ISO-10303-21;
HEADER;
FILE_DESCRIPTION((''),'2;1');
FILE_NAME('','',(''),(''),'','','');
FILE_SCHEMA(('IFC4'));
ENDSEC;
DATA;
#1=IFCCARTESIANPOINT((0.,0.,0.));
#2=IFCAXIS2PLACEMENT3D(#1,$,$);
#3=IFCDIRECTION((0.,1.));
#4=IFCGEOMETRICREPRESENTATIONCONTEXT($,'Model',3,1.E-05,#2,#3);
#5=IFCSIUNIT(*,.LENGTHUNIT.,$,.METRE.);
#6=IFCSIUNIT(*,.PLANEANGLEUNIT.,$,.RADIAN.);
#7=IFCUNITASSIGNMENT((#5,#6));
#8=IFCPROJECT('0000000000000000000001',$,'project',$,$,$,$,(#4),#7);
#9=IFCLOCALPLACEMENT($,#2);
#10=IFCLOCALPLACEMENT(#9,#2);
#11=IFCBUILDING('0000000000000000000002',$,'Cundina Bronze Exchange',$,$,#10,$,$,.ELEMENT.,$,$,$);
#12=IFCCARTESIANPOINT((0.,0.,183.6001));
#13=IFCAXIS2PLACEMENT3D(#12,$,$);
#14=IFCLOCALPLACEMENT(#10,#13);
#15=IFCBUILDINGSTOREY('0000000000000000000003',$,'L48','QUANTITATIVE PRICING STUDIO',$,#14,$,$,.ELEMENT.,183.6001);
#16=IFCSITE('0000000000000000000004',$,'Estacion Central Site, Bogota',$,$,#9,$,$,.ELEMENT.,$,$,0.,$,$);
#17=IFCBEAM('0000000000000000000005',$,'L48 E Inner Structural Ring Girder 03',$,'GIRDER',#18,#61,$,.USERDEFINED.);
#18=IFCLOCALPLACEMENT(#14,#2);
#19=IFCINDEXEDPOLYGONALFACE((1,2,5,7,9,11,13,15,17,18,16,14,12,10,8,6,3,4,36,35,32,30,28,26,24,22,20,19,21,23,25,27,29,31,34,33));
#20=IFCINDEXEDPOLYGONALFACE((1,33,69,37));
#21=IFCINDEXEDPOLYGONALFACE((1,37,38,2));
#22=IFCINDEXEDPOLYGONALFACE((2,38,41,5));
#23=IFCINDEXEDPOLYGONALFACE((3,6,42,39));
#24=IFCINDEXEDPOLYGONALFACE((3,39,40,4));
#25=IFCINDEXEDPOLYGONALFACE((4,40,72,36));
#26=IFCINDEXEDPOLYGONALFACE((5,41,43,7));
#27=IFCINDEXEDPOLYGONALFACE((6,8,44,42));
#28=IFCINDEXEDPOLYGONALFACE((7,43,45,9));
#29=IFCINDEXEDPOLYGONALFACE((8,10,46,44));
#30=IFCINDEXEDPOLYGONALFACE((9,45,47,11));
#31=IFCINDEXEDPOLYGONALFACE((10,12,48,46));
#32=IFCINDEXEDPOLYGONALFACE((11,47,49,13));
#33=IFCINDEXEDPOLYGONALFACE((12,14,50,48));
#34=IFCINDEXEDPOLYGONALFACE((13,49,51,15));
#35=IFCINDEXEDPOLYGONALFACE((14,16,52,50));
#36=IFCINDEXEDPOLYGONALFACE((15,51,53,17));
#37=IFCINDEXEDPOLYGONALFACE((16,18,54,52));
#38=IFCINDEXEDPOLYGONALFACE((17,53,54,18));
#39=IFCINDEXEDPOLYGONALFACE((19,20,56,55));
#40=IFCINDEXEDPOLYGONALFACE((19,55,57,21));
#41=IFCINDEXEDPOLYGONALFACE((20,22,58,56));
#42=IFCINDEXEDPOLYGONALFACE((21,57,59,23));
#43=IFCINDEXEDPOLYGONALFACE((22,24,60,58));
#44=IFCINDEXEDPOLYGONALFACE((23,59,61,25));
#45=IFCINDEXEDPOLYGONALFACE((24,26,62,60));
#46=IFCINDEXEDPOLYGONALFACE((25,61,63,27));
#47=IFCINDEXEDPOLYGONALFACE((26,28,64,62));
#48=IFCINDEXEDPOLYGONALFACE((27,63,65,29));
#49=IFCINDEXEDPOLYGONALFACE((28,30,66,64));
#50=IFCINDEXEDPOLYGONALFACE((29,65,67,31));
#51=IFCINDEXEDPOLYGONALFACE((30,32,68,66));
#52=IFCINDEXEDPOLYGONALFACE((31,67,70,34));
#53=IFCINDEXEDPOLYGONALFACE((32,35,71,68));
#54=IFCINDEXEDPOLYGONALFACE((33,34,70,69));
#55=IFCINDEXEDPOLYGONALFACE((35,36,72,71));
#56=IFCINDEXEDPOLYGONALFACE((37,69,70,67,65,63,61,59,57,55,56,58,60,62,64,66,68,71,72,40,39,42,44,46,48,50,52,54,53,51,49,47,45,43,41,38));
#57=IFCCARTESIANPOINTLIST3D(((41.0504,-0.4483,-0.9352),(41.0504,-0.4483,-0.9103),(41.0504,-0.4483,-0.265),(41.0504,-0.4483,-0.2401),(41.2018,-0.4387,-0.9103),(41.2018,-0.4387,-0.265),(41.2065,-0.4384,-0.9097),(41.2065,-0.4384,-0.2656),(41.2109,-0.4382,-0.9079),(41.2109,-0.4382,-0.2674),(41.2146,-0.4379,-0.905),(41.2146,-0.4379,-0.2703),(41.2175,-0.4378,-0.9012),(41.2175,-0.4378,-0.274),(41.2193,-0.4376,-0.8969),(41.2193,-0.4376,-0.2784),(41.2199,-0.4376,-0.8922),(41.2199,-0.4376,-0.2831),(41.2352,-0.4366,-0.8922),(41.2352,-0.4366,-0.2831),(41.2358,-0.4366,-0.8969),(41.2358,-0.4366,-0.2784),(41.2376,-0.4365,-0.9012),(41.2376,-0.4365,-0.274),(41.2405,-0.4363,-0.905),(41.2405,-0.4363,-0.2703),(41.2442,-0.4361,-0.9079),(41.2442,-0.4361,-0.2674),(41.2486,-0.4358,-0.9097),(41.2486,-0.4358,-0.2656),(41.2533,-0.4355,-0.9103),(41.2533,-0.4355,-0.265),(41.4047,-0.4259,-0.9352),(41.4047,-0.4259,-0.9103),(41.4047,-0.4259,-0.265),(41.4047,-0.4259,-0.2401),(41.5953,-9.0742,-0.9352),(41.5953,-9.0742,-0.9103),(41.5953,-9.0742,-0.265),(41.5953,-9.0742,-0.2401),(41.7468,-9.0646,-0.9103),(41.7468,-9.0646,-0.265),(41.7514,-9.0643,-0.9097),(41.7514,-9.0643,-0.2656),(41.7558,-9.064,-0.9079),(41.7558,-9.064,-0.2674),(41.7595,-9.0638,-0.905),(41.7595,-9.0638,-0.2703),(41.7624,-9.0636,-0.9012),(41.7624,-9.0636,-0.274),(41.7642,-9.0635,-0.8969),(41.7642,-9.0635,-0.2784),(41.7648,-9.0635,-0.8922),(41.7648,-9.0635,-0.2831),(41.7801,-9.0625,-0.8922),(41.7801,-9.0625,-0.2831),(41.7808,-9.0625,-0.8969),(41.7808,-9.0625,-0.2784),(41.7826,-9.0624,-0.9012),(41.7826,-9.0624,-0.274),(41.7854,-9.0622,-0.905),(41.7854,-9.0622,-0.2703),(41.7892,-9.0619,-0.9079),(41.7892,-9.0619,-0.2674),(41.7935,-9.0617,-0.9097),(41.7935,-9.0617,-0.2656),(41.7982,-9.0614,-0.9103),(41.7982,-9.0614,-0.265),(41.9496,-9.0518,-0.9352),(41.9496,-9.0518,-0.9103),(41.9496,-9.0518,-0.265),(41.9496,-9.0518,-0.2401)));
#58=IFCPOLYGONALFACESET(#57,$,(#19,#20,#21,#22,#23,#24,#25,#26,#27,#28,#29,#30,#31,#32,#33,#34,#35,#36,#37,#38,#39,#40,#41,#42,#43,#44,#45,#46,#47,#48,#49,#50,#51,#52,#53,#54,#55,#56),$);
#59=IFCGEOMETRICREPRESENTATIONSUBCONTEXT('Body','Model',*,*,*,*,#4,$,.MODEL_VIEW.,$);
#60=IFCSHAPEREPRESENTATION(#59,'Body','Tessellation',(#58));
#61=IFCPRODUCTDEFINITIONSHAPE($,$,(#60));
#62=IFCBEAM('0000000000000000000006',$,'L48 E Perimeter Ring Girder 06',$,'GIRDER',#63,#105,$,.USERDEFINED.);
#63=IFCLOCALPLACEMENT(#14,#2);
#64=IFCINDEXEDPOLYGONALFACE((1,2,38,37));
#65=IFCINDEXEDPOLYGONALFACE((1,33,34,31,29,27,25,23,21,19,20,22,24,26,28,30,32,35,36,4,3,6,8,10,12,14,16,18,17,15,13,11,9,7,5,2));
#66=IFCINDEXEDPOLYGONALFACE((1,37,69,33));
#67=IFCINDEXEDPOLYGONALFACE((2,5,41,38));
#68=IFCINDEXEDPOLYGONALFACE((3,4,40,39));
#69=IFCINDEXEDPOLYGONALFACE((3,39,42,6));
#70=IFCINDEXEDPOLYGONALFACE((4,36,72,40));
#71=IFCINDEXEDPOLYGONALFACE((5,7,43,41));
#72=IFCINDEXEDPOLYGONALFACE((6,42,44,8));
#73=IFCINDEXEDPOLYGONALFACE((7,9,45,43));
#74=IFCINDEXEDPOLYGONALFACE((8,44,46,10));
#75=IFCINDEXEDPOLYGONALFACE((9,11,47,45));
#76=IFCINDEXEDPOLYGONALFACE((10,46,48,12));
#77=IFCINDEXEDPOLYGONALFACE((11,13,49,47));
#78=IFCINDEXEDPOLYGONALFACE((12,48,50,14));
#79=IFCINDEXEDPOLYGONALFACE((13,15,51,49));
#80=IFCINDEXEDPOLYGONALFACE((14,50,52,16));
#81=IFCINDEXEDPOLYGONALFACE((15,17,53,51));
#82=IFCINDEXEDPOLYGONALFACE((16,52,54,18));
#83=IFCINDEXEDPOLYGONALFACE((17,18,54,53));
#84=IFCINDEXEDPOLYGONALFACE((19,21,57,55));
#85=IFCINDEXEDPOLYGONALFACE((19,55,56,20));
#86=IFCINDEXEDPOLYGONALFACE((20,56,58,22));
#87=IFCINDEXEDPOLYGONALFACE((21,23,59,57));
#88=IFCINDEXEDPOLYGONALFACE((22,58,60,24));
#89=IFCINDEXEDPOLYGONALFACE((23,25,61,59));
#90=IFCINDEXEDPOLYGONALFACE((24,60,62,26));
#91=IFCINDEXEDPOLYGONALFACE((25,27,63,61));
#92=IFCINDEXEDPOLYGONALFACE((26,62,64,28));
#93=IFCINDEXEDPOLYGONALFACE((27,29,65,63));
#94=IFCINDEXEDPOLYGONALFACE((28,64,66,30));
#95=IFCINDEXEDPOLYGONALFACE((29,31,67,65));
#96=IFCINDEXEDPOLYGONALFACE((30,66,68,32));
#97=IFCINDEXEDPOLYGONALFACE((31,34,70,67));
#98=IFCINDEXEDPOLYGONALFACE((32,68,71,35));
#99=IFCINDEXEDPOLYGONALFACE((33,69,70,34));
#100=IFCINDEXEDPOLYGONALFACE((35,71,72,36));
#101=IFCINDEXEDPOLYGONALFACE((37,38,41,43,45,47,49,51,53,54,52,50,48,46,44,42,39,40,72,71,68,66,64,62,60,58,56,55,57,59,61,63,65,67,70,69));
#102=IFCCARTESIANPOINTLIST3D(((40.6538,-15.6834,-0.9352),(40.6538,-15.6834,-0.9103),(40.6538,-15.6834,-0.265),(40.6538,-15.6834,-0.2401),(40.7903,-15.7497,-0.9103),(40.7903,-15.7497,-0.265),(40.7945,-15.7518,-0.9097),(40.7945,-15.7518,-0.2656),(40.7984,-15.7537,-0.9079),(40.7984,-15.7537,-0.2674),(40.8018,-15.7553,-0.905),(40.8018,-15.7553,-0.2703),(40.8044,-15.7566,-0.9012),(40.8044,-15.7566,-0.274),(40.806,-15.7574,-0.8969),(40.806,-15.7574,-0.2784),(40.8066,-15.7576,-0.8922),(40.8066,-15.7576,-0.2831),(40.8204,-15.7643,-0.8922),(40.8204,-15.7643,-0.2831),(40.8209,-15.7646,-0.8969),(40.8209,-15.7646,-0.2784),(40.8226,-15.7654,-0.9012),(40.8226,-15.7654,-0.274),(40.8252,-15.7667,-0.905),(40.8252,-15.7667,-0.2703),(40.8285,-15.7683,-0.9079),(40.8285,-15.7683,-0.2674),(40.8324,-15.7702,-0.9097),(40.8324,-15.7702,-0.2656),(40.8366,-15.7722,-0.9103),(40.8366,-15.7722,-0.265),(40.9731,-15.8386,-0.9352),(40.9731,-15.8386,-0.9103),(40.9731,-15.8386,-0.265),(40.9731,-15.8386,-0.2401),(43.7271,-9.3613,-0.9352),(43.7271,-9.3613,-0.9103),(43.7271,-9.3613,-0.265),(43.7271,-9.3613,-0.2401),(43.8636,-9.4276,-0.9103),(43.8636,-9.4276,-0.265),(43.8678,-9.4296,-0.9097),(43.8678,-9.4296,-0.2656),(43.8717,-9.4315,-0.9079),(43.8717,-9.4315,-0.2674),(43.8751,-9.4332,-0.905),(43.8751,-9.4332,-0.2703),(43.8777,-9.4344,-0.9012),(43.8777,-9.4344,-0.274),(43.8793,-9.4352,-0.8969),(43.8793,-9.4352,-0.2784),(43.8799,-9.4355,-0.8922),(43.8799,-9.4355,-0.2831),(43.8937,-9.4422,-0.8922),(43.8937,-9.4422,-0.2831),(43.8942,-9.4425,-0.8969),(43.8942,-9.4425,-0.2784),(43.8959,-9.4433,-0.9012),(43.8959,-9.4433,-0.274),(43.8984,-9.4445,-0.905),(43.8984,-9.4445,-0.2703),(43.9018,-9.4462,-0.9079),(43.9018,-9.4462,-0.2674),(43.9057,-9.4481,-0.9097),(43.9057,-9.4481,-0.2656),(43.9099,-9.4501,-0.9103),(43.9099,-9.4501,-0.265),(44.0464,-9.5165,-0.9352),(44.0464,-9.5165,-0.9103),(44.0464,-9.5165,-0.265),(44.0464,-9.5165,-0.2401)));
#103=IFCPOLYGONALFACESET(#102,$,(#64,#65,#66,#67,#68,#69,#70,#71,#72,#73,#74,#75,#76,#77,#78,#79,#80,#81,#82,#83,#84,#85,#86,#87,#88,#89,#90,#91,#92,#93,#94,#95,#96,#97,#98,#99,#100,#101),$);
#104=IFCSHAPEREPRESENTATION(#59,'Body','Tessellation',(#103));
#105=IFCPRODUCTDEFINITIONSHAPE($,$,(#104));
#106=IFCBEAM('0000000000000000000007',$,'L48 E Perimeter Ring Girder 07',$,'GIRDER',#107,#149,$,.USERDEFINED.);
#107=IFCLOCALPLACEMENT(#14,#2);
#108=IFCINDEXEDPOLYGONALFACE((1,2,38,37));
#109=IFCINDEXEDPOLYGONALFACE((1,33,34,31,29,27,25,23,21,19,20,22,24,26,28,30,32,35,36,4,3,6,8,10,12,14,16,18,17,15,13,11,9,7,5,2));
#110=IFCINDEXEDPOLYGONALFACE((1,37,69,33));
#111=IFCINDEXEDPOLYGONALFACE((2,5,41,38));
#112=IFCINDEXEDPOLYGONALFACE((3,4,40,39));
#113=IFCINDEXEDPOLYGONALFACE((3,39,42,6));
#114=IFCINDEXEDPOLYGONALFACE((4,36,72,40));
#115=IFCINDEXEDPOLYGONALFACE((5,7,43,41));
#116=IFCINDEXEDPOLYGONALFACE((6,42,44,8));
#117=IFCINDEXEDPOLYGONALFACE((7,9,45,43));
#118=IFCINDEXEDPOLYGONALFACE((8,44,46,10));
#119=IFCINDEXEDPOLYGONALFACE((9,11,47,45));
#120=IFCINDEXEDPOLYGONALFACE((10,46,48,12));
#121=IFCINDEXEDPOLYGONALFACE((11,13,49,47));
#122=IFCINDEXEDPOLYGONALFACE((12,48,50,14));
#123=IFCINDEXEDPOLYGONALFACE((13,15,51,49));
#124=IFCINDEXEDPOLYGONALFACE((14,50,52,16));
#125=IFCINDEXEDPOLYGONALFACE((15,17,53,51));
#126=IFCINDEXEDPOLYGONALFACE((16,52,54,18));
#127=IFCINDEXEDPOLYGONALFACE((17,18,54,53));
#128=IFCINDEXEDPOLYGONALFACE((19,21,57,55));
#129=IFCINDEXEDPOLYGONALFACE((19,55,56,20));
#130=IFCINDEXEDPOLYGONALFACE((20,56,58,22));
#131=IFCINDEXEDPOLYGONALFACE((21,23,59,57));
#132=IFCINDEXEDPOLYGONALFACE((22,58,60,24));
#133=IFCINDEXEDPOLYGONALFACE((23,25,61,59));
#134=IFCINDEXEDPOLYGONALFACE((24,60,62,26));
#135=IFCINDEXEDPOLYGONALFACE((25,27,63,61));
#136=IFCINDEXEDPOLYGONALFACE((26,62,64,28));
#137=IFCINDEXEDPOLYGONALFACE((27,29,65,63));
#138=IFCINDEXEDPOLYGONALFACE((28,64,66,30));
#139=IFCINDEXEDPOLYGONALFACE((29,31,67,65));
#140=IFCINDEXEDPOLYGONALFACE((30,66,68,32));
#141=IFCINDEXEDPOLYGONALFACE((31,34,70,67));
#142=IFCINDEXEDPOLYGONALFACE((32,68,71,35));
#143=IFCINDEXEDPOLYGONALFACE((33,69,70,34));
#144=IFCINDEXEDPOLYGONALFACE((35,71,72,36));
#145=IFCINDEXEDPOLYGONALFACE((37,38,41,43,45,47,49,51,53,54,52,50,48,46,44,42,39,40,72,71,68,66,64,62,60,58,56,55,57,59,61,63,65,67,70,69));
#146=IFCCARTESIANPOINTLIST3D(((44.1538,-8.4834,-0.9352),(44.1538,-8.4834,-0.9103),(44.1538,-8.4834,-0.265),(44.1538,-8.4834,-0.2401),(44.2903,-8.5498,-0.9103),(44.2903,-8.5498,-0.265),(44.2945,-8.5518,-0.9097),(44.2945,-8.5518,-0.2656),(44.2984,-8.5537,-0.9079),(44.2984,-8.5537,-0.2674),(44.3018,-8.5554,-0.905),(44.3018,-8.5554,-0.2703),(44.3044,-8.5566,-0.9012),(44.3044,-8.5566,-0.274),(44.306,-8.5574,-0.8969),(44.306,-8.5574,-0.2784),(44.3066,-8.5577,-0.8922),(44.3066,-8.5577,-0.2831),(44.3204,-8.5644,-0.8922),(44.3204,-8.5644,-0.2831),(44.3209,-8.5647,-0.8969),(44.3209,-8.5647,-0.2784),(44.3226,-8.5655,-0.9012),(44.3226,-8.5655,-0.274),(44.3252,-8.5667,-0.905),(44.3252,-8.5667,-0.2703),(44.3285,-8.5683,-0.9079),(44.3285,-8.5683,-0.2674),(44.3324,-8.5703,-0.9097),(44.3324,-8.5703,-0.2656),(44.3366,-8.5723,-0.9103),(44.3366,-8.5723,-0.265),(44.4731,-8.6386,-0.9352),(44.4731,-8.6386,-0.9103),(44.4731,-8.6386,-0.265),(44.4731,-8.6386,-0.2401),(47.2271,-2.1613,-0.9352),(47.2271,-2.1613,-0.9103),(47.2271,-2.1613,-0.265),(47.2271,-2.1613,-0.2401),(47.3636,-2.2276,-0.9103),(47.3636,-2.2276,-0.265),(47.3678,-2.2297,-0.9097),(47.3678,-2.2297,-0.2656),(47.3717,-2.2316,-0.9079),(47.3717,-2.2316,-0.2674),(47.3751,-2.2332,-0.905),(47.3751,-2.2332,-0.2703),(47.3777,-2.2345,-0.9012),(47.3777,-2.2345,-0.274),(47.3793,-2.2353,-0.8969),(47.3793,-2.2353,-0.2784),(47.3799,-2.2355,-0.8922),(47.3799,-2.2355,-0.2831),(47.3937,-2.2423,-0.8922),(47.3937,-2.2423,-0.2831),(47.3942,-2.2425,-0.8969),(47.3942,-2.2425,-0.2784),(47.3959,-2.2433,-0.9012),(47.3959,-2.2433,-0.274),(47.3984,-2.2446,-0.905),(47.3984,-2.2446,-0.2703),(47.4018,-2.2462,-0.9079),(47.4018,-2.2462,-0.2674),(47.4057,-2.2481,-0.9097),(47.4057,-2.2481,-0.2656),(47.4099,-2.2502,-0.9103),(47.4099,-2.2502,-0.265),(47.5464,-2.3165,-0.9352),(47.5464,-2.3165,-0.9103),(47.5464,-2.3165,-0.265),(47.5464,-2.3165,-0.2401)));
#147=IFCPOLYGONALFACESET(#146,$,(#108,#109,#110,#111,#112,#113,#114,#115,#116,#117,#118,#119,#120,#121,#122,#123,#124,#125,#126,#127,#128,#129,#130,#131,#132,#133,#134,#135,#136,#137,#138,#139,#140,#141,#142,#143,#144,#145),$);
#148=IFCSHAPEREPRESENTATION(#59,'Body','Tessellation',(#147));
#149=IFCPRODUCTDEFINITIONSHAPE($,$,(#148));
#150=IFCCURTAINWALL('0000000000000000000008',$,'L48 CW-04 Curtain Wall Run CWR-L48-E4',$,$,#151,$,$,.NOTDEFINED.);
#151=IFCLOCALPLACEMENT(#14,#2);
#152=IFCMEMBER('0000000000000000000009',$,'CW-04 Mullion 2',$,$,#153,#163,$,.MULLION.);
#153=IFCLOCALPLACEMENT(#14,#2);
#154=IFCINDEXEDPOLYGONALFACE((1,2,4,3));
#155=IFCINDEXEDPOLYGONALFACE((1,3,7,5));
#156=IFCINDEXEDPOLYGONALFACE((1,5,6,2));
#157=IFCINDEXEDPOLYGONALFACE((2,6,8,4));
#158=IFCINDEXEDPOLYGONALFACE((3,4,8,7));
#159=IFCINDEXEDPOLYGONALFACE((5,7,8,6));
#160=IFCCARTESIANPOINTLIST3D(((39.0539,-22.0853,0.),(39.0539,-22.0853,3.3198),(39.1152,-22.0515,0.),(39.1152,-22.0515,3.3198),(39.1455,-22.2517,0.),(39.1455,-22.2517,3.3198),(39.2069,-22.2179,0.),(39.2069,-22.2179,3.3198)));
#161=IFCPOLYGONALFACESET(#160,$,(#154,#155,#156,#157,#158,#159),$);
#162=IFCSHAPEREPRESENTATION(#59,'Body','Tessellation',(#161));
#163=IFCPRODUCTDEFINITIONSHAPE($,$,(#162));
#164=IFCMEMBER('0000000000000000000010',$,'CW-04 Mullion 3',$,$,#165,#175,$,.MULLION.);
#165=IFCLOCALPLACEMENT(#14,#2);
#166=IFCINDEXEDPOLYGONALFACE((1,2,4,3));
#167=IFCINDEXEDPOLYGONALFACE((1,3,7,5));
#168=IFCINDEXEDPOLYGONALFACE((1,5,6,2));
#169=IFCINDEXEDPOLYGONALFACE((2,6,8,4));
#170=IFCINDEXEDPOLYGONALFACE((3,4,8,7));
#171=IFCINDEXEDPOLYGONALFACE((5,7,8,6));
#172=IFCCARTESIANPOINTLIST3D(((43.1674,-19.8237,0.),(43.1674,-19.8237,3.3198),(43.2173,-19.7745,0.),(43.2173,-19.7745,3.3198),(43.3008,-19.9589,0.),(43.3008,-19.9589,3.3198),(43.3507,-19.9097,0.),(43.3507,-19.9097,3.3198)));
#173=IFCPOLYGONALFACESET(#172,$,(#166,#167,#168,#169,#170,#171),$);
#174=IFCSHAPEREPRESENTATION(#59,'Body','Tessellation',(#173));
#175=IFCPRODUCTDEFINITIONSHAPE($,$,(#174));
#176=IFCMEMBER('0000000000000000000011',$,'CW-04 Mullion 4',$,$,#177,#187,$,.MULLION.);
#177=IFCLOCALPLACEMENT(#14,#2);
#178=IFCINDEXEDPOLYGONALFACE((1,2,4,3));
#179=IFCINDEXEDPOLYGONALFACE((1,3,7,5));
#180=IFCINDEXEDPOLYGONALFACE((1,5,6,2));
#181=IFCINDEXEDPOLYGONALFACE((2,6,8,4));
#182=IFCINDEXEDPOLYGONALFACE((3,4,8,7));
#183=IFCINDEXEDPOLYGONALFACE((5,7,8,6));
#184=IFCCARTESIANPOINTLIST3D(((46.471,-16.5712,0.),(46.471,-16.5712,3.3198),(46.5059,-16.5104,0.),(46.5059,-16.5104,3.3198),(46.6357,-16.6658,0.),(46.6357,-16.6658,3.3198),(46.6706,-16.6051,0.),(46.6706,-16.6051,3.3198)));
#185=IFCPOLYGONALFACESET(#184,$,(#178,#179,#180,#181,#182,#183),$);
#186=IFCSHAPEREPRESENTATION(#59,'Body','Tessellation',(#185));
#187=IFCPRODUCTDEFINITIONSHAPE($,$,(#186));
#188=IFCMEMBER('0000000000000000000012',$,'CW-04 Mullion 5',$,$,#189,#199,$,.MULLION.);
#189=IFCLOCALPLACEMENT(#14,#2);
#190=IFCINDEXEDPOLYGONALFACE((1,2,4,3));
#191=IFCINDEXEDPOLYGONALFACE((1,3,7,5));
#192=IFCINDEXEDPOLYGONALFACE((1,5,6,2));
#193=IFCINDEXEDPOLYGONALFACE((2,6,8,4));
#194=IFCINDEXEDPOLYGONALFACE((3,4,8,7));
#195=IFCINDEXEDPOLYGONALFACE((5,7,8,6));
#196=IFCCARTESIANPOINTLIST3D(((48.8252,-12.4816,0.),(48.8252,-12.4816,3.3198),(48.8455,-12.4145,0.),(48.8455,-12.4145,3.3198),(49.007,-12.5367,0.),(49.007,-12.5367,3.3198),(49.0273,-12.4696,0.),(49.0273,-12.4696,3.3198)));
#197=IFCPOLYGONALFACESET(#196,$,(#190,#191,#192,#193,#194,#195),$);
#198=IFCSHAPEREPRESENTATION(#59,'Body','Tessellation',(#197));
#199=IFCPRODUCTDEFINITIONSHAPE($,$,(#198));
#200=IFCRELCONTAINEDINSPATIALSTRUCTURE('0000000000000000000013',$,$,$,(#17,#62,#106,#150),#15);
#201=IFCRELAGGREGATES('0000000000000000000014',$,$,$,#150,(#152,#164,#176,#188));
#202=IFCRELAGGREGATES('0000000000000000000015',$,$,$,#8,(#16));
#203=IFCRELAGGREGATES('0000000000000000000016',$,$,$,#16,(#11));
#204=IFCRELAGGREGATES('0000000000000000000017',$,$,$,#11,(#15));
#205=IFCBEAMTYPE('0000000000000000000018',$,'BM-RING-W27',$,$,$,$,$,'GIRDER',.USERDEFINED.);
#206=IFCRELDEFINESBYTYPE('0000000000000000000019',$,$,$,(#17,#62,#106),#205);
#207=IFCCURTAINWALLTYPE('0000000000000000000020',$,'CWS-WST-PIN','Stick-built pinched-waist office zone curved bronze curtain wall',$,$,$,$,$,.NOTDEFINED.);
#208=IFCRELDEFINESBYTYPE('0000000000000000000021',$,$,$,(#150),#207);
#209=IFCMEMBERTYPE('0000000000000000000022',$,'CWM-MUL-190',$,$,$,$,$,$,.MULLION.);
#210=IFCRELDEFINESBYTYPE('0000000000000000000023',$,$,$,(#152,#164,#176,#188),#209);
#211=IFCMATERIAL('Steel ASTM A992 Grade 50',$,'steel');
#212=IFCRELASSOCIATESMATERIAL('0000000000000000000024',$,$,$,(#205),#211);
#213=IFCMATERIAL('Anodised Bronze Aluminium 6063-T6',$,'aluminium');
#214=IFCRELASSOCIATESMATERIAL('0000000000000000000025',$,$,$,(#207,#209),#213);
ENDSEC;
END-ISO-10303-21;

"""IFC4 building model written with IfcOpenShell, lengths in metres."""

from ifc_helpers import new_model, si_unit, direction, frame, origin, origin_2d, place, context, subcontext, project, spatial, rectangle, i_section, extrude, material, material_profile, profile_set, type_object, element, aggregate, save


model = new_model("IFC4")

# Units and contexts
model_context = context("Model", 3, precision=1e-05, world=origin(), true_north=direction((0.0, 1.0)))
body_context = subcontext(model_context, "Body", "Model", "MODEL_VIEW")
ifc_project = project(units=[si_unit("LENGTHUNIT", "METRE"), si_unit("PLANEANGLEUNIT", "RADIAN")], contexts=[model_context])

# Site, building, storey
site_placement = place(None, origin())
site = spatial("IfcSite", under=ifc_project, at=site_placement, Name="Estacion Central Site, Bogota", CompositionType="ELEMENT", RefElevation=0.0)
building_placement = place(site_placement, origin())
building = spatial("IfcBuilding", under=site, at=building_placement, Name="Cundina Bronze Exchange", CompositionType="ELEMENT")
storey_placement = place(building_placement, frame((0.0, 0.0, 183.6001)))
storey = spatial("IfcBuildingStorey", under=building, at=storey_placement, Name="L48", Description="QUANTITATIVE PRICING STUDIO", CompositionType="ELEMENT", Elevation=183.6001)

# Beams
ifc_material_1 = material(Name="Steel ASTM A992 Grade 50", Category="steel")
ifc_material_profile_1 = material_profile(ifc_material_1, i_section(OverallWidth=0.355, OverallDepth=0.6951, WebThickness=0.0154, FlangeThickness=0.0249, FilletRadius=0.0181, at=origin_2d()), Name="W27X146", Category="steel")
ifc_profile_set_1 = profile_set([ifc_material_profile_1], Name="Steel ASTM A992 Grade 50")
beam_type_1 = type_object("IfcBeamType", Name="BM-RING-W27", ElementType="GIRDER", PredefinedType="USERDEFINED", material=ifc_profile_set_1)
beam_1_placement = place(storey_placement, frame((41.7725, -9.063, -0.5876), z_axis=(-0.063047, 0.998011, 0.0), x_axis=(-0.998011, -0.063047, 0.0)))
element("IfcBeam", 1, at=beam_1_placement, inside=storey, type_object=beam_type_1, Name="L48 E Inner Structural Ring Girder 03", ObjectType="GIRDER", PredefinedType="USERDEFINED", context=body_context, shape_type="SweptSolid", body=[
    extrude(i_section(OverallWidth=0.355, OverallDepth=0.6951, WebThickness=0.0154, FlangeThickness=0.0249, FilletRadius=0.0181, at=origin_2d()), origin(), (0.0, 0.0, 1.0), 8.6431),
])
for number, where, z_axis, x_axis, name in (
    (2, (40.8135, -15.761, -0.5876), (0.437197, 0.899366, 0.0), (-0.899366, 0.437197, 0.0), "L48 E Perimeter Ring Girder 06"),
    (3, (44.3135, -8.561, -0.5876), (0.437197, 0.899366, 0.0), (-0.899366, 0.437197, 0.0), "L48 E Perimeter Ring Girder 07"),
):
    element("IfcBeam", number, at=place(storey_placement, frame(where, z_axis=z_axis, x_axis=x_axis)), inside=storey, type_object=beam_type_1, Name=name, ObjectType="GIRDER", PredefinedType="USERDEFINED", context=body_context, shape_type="SweptSolid", body=[
        extrude(i_section(OverallWidth=0.355, OverallDepth=0.6951, WebThickness=0.0154, FlangeThickness=0.0249, FilletRadius=0.0181, at=origin_2d()), origin(), (0.0, 0.0, 1.0), 7.0295),
    ])

# Curtain wall, members
ifc_material_2 = material(Name="Anodised Bronze Aluminium 6063-T6", Category="aluminium")
curtain_wall_type = type_object("IfcCurtainWallType", Name="CWS-WST-PIN", Description="Stick-built pinched-waist office zone curved bronze curtain wall", PredefinedType="NOTDEFINED", material=ifc_material_2)
curtain_wall_placement = place(storey_placement, origin())
curtain_wall = element("IfcCurtainWall", 4, at=curtain_wall_placement, inside=storey, type_object=curtain_wall_type, Name="L48 CW-04 Curtain Wall Run CWR-L48-E4", PredefinedType="NOTDEFINED")
ifc_material_profile_2 = material_profile(ifc_material_2, rectangle(XDim=0.0701, YDim=0.1899, at=origin_2d()), Name="AL70X190", Category="aluminium")
ifc_profile_set_2 = profile_set([ifc_material_profile_2], Name="Anodised Bronze Aluminium 6063-T6")
member_type_1 = type_object("IfcMemberType", Name="CWM-MUL-190", PredefinedType="MULLION", material=ifc_profile_set_2)
member_1_placement = place(storey_placement, frame((39.1304, -22.1516, 0.0), z_axis=(0.0, 0.0, 1.0), x_axis=(0.875886, 0.482518, 0.0)))
member_1 = element("IfcMember", 5, at=member_1_placement, type_object=member_type_1, Name="CW-04 Mullion 2", PredefinedType="MULLION", context=body_context, shape_type="SweptSolid", body=[
    extrude(rectangle(XDim=0.0701, YDim=0.1899, at=origin_2d()), origin(), (0.0, 0.0, 1.0), 3.3198),
])
member_2_placement = place(storey_placement, frame((43.259, -19.8667, 0.0), z_axis=(0.0, 0.0, 1.0), x_axis=(0.712026, 0.702153, 0.0)))
member_2 = element("IfcMember", 6, at=member_2_placement, type_object=member_type_1, Name="CW-04 Mullion 3", PredefinedType="MULLION", context=body_context, shape_type="SweptSolid", body=[
    extrude(rectangle(XDim=0.0701, YDim=0.1899, at=origin_2d()), origin(), (0.0, 0.0, 1.0), 3.3198),
])
member_3_placement = place(storey_placement, frame((46.5708, -16.5881, 0.0), z_axis=(0.0, 0.0, 1.0), x_axis=(0.498488, 0.866897, 0.0)))
member_3 = element("IfcMember", 7, at=member_3_placement, type_object=member_type_1, Name="CW-04 Mullion 4", PredefinedType="MULLION", context=body_context, shape_type="SweptSolid", body=[
    extrude(rectangle(XDim=0.0701, YDim=0.1899, at=origin_2d()), origin(), (0.0, 0.0, 1.0), 3.3198),
])
member_4_placement = place(storey_placement, frame((48.9263, -12.4756, 0.0), z_axis=(0.0, 0.0, 1.0), x_axis=(0.290034, 0.957016, 0.0)))
member_4 = element("IfcMember", 8, at=member_4_placement, type_object=member_type_1, Name="CW-04 Mullion 5", PredefinedType="MULLION", context=body_context, shape_type="SweptSolid", body=[
    extrude(rectangle(XDim=0.0701, YDim=0.1899, at=origin_2d()), origin(), (0.0, 0.0, 1.0), 3.3198),
])
aggregate(curtain_wall, [member_1, member_2, member_3, member_4])

save(model, "model.ifc")
